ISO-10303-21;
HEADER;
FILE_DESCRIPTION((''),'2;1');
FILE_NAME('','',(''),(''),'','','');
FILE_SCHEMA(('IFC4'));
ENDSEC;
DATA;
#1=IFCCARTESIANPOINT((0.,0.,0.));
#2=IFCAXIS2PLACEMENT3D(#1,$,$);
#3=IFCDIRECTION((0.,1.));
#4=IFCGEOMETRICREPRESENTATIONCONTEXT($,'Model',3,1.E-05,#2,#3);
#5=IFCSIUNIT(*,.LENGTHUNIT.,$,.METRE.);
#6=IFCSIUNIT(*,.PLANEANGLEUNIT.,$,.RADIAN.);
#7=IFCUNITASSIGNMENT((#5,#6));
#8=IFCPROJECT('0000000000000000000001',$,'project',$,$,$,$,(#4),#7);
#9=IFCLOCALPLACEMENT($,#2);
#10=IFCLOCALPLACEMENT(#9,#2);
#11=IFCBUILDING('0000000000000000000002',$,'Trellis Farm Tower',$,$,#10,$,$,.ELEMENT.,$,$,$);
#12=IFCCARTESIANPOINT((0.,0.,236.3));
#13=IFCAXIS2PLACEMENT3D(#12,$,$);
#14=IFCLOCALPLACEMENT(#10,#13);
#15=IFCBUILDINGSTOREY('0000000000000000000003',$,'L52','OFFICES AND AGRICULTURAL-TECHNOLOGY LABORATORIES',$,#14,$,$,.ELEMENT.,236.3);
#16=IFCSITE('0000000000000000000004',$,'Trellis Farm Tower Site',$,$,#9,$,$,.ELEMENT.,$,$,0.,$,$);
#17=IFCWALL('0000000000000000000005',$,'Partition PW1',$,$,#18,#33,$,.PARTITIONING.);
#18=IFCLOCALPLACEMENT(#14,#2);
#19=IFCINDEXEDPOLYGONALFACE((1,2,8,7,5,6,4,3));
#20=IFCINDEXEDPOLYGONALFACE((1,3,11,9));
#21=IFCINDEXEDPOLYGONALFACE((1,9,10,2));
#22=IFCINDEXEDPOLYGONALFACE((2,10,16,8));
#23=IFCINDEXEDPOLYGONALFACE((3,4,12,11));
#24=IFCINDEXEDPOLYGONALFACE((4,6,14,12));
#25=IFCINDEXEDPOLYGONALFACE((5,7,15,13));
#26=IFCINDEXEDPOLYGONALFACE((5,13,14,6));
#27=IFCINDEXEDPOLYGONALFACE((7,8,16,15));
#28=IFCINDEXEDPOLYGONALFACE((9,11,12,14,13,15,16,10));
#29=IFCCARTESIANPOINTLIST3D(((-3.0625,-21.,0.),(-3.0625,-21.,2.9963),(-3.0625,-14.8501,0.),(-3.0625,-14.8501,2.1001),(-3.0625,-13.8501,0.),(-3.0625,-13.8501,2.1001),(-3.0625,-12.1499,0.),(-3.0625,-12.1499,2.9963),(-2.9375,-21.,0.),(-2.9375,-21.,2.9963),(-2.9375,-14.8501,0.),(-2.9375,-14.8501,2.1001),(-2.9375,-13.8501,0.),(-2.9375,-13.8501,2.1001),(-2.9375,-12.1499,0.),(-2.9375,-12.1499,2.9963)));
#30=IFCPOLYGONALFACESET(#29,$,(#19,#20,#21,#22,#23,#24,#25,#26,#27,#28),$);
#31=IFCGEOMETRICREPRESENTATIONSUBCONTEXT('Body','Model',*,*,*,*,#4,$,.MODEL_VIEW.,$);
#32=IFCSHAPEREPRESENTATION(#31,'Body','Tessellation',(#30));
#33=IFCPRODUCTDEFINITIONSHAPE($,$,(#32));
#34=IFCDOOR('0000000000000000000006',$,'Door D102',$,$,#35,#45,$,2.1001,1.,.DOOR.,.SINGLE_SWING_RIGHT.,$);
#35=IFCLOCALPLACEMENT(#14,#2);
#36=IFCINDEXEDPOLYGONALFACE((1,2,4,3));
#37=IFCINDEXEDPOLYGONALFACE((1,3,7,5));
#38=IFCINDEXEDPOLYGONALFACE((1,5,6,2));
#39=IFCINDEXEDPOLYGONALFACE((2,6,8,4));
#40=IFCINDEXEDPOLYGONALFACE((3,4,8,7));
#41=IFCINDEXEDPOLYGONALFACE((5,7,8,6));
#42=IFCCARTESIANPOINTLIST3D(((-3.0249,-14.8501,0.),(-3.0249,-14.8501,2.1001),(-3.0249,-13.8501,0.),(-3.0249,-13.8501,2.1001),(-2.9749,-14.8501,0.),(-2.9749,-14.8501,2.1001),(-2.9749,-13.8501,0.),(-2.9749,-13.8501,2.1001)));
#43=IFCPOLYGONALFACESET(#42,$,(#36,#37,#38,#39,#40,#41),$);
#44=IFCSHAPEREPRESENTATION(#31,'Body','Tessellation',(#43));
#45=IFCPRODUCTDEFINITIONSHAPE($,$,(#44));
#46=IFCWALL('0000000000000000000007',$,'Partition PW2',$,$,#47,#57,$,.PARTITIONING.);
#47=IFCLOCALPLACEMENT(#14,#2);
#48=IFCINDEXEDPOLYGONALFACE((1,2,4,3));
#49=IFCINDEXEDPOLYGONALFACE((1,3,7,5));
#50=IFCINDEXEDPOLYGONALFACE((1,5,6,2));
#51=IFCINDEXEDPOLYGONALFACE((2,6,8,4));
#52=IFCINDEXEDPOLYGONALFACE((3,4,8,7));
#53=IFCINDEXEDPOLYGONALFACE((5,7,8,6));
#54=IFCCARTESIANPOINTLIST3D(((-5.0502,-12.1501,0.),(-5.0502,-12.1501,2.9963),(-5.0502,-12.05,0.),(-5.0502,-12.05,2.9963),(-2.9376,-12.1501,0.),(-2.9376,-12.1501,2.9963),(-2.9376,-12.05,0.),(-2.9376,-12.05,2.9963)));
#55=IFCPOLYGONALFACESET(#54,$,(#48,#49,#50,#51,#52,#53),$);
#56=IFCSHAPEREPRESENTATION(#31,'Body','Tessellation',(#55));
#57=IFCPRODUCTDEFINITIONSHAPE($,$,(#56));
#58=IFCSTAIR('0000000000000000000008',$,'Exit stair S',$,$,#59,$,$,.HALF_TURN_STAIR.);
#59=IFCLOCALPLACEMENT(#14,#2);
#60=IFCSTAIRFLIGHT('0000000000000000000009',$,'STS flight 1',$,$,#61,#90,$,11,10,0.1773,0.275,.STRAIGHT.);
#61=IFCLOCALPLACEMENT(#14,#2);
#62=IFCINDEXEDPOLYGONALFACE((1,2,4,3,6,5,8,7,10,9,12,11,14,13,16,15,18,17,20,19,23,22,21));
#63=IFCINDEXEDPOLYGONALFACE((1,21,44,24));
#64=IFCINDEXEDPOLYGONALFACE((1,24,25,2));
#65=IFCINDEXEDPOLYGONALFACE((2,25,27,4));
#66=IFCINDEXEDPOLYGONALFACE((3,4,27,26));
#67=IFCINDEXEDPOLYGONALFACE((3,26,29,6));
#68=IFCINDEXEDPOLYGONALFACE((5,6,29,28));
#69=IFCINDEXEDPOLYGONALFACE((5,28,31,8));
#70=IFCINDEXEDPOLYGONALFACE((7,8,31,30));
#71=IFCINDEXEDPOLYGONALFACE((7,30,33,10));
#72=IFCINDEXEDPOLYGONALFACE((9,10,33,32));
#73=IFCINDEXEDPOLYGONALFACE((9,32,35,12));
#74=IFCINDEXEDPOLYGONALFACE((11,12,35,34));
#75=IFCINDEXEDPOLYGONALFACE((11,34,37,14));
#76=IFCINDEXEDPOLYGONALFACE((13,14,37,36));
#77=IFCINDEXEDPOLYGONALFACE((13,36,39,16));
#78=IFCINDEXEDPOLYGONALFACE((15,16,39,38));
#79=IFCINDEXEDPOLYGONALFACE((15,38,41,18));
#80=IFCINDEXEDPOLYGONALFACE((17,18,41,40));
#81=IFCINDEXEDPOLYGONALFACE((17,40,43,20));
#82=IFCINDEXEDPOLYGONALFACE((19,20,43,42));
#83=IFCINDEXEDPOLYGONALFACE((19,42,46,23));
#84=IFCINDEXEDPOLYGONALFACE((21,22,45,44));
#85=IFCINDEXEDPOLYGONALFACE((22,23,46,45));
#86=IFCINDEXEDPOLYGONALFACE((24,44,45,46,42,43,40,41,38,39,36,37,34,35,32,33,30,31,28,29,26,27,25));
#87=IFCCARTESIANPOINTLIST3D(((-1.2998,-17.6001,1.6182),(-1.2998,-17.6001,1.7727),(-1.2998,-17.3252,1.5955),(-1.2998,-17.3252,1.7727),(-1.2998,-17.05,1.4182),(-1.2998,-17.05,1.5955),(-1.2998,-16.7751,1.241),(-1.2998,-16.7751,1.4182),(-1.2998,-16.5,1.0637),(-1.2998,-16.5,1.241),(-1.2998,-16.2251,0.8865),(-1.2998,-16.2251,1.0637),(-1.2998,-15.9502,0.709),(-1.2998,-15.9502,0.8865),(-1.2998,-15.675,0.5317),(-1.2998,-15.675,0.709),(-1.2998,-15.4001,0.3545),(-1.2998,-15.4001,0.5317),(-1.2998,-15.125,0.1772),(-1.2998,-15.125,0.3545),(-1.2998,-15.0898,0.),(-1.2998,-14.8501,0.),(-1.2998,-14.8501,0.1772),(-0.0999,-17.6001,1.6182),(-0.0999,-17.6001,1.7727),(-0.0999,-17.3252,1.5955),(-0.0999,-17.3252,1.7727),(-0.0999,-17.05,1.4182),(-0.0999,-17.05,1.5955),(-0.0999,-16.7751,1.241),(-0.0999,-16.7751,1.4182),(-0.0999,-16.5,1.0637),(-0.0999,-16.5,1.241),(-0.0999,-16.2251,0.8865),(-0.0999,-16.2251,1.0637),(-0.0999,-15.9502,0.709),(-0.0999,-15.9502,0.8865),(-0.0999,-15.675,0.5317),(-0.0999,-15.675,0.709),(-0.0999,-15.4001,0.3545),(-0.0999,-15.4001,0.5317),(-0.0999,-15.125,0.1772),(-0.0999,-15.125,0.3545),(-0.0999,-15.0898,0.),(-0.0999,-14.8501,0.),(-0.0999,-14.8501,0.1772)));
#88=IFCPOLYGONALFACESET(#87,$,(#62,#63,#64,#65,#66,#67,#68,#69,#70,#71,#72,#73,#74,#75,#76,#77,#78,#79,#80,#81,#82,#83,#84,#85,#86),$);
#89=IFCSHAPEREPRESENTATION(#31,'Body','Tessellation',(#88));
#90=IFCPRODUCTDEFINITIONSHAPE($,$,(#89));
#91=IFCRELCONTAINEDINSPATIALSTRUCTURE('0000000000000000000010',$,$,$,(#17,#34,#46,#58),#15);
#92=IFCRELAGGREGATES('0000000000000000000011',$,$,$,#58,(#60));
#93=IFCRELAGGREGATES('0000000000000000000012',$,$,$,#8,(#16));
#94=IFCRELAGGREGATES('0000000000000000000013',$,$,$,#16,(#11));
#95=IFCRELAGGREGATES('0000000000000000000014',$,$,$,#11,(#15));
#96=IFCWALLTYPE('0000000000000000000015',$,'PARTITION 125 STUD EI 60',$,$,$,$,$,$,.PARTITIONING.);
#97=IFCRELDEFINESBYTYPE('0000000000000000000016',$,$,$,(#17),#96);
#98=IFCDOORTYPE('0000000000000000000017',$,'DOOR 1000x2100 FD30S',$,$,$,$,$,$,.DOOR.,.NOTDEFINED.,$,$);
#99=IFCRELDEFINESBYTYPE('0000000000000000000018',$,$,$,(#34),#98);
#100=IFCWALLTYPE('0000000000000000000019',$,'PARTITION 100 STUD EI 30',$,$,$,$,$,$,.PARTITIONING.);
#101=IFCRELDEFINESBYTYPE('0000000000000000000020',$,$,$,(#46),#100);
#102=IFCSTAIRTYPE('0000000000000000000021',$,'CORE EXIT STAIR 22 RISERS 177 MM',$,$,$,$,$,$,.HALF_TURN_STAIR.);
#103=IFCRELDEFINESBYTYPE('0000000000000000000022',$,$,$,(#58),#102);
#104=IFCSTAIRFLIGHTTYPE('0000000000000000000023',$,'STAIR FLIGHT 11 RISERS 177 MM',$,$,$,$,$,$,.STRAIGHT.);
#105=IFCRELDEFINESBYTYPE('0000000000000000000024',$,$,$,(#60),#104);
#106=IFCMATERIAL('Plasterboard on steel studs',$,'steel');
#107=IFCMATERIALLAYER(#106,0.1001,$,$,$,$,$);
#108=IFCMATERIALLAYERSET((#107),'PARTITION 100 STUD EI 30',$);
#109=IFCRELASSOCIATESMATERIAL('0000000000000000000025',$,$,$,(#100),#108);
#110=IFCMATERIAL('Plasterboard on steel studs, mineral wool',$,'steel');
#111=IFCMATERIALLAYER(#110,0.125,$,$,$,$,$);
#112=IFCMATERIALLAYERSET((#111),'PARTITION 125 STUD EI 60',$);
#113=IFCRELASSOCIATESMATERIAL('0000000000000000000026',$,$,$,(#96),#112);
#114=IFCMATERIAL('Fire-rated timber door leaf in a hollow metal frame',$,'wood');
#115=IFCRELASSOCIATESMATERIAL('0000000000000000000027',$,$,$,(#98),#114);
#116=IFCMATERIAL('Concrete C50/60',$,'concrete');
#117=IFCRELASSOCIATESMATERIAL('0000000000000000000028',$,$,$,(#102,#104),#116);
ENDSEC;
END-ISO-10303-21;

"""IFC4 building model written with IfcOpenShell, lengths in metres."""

from ifc_helpers import new_model, si_unit, direction, frame, frame_2d, origin, place, context, subcontext, project, spatial, polyline, rectangle, outline, extrude, source, transform, mapped, material, layer, layer_set, type_object, element, fill, aggregate, save


model = new_model("IFC4")

# Units and contexts
model_context = context("Model", 3, precision=1e-05, world=origin(), true_north=direction((0.0, 1.0)))
body_context = subcontext(model_context, "Body", "Model", "MODEL_VIEW")
ifc_project = project(units=[si_unit("LENGTHUNIT", "METRE"), si_unit("PLANEANGLEUNIT", "RADIAN")], contexts=[model_context])

# Site, building, storey
site_placement = place(None, origin())
site = spatial("IfcSite", under=ifc_project, at=site_placement, Name="Trellis Farm Tower Site", CompositionType="ELEMENT", RefElevation=0.0)
building_placement = place(site_placement, origin())
building = spatial("IfcBuilding", under=site, at=building_placement, Name="Trellis Farm Tower", CompositionType="ELEMENT")
storey_placement = place(building_placement, frame((0.0, 0.0, 236.3)))
storey = spatial("IfcBuildingStorey", under=building, at=storey_placement, Name="L52", Description="OFFICES AND AGRICULTURAL-TECHNOLOGY LABORATORIES", CompositionType="ELEMENT", Elevation=236.3)

# Shared definitions
placement = place(storey_placement, origin())

# Shared definitions
ifc_material_1 = material(Name="Plasterboard on steel studs", Category="steel")
ifc_layer_1 = layer(ifc_material_1, 0.1001)
ifc_layer_set_1 = layer_set([ifc_layer_1], Name="PARTITION 100 STUD EI 30")
wall_type_1 = type_object("IfcWallType", Name="PARTITION 100 STUD EI 30", PredefinedType="PARTITIONING", material=ifc_layer_set_1)

# Shared definitions
ifc_material_2 = material(Name="Plasterboard on steel studs, mineral wool", Category="steel")
ifc_layer_2 = layer(ifc_material_2, 0.125)
ifc_layer_set_2 = layer_set([ifc_layer_2], Name="PARTITION 125 STUD EI 60")
wall_type_2 = type_object("IfcWallType", Name="PARTITION 125 STUD EI 60", PredefinedType="PARTITIONING", material=ifc_layer_set_2)
shared_shape_1 = source(origin(), body_context, "Body", "SweptSolid", [
    extrude(rectangle(XDim=1.0, YDim=2.1001, at=frame_2d((0.5, 1.05))), frame((0.0, 0.0725, 0.0), z_axis=(0.0, -1.0, 0.0), x_axis=(1.0, 0.0, 0.0)), (0.0, 0.0, 1.0), 0.145),
])
ifc_material_3 = material(Name="Fire-rated timber door leaf in a hollow metal frame", Category="wood")
door_type = type_object("IfcDoorType", Name="DOOR 1000x2100 FD30S", OperationType="NOTDEFINED", PredefinedType="DOOR", material=ifc_material_3)
shared_shape_2 = source(origin(), body_context, "Body", "SweptSolid", [
    extrude(rectangle(XDim=1.0, YDim=2.1001, at=frame_2d((0.5, 1.05))), frame((0.0, 0.0249, 0.0), z_axis=(0.0, -1.0, 0.0), x_axis=(1.0, 0.0, 0.0)), (0.0, 0.0, 1.0), 0.05),
])

# Wall, opening, door
shared_shape_3 = source(origin(), body_context, "Body", "SweptSolid", [
    extrude(rectangle(XDim=8.8501, YDim=0.125, at=frame_2d((4.425, 0.0))), origin(), (0.0, 0.0, 1.0), 2.9963),
])
wall_1_placement = place(storey_placement, frame((-3.0, -21.0, 0.0), z_axis=(0.0, 0.0, 1.0), x_axis=(0.0, 1.0, 0.0)))
wall_1 = element("IfcWall", 1, at=wall_1_placement, inside=storey, type_object=wall_type_2, Name="Partition PW1", PredefinedType="PARTITIONING", context=body_context, shape_type="MappedRepresentation", body=[
    mapped(shared_shape_3, transform((0.0, 0.0, 0.0))),
])
opening_1_placement = place(wall_1_placement, frame((6.1499, 0.0, 0.0)))
opening_1 = element("IfcOpeningElement", 2, at=opening_1_placement, cuts=wall_1, PredefinedType="OPENING", context=body_context, shape_type="MappedRepresentation", body=[
    mapped(shared_shape_1, transform((0.0, 0.0, 0.0))),
])
door_1_placement = place(opening_1_placement, origin())
door_1 = element("IfcDoor", 3, at=door_1_placement, inside=storey, type_object=door_type, Name="Door D102", OperationType="SINGLE_SWING_RIGHT", OverallHeight=2.1001, OverallWidth=1.0, PredefinedType="DOOR", context=body_context, shape_type="MappedRepresentation", body=[
    mapped(shared_shape_2, transform((0.0, 0.0, 0.0))),
])
fill(opening_1, door_1)

# Wall
shared_shape_4 = source(origin(), body_context, "Body", "SweptSolid", [
    extrude(rectangle(XDim=2.1125, YDim=0.1001, at=frame_2d((1.0562, 0.0))), origin(), (0.0, 0.0, 1.0), 2.9963),
])
wall_2_placement = place(storey_placement, frame((-5.05, -12.1001, 0.0), z_axis=(0.0, 0.0, 1.0), x_axis=(1.0, 0.0, 0.0)))
element("IfcWall", 4, at=wall_2_placement, inside=storey, type_object=wall_type_1, Name="Partition PW2", PredefinedType="PARTITIONING", context=body_context, shape_type="MappedRepresentation", body=[
    mapped(shared_shape_4, transform((0.0, 0.0, 0.0))),
])

# Stair, stair flight
ifc_material_4 = material(Name="Concrete C50/60", Category="concrete")
stair_type = type_object("IfcStairType", Name="CORE EXIT STAIR 22 RISERS 177 MM", PredefinedType="HALF_TURN_STAIR", material=ifc_material_4)
stair = element("IfcStair", 5, at=placement, inside=storey, type_object=stair_type, Name="Exit stair S", PredefinedType="HALF_TURN_STAIR")
stair_flight_type = type_object("IfcStairFlightType", Name="STAIR FLIGHT 11 RISERS 177 MM", PredefinedType="STRAIGHT", material=ifc_material_4)
shared_shape_5 = source(origin(), body_context, "Body", "SweptSolid", [
    extrude(outline(polyline([(0.0, 0.0), (0.0, 0.1772), (0.2749, 0.1772), (0.2749, 0.3545), (0.55, 0.3545), (0.55, 0.5317), (0.825, 0.5317), (0.825, 0.709), (1.1001, 0.709), (1.1001, 0.8865), (1.375, 0.8865), (1.375, 1.0637), (1.6499, 1.0637), (1.6499, 1.241), (1.925, 1.241), (1.925, 1.4182), (2.2, 1.4182), (2.2, 1.5955), (2.4751, 1.5955), (2.4751, 1.7727), (2.75, 1.7727), (2.75, 1.95), (2.75, 1.6182), (0.2397, 0.0), (0.0, 0.0)])), frame((0.0, 0.6001, 0.0), z_axis=(0.0, -1.0, 0.0), x_axis=(1.0, 0.0, 0.0)), (0.0, 0.0, 1.0), 1.2),
])
stair_flight_placement = place(storey_placement, frame((-0.7, -14.8501, 0.0), z_axis=(0.0, 0.0, 1.0), x_axis=(0.0, -1.0, 0.0)))
stair_flight = element("IfcStairFlight", 6, at=stair_flight_placement, type_object=stair_flight_type, Name="STS flight 1", NumberOfRisers=11, NumberOfTreads=10, PredefinedType="STRAIGHT", RiserHeight=0.1773, TreadLength=0.275, context=body_context, shape_type="MappedRepresentation", body=[
    mapped(shared_shape_5, transform((0.0, 0.0, 0.0))),
])
aggregate(stair, [stair_flight])

save(model, "model.ifc")
